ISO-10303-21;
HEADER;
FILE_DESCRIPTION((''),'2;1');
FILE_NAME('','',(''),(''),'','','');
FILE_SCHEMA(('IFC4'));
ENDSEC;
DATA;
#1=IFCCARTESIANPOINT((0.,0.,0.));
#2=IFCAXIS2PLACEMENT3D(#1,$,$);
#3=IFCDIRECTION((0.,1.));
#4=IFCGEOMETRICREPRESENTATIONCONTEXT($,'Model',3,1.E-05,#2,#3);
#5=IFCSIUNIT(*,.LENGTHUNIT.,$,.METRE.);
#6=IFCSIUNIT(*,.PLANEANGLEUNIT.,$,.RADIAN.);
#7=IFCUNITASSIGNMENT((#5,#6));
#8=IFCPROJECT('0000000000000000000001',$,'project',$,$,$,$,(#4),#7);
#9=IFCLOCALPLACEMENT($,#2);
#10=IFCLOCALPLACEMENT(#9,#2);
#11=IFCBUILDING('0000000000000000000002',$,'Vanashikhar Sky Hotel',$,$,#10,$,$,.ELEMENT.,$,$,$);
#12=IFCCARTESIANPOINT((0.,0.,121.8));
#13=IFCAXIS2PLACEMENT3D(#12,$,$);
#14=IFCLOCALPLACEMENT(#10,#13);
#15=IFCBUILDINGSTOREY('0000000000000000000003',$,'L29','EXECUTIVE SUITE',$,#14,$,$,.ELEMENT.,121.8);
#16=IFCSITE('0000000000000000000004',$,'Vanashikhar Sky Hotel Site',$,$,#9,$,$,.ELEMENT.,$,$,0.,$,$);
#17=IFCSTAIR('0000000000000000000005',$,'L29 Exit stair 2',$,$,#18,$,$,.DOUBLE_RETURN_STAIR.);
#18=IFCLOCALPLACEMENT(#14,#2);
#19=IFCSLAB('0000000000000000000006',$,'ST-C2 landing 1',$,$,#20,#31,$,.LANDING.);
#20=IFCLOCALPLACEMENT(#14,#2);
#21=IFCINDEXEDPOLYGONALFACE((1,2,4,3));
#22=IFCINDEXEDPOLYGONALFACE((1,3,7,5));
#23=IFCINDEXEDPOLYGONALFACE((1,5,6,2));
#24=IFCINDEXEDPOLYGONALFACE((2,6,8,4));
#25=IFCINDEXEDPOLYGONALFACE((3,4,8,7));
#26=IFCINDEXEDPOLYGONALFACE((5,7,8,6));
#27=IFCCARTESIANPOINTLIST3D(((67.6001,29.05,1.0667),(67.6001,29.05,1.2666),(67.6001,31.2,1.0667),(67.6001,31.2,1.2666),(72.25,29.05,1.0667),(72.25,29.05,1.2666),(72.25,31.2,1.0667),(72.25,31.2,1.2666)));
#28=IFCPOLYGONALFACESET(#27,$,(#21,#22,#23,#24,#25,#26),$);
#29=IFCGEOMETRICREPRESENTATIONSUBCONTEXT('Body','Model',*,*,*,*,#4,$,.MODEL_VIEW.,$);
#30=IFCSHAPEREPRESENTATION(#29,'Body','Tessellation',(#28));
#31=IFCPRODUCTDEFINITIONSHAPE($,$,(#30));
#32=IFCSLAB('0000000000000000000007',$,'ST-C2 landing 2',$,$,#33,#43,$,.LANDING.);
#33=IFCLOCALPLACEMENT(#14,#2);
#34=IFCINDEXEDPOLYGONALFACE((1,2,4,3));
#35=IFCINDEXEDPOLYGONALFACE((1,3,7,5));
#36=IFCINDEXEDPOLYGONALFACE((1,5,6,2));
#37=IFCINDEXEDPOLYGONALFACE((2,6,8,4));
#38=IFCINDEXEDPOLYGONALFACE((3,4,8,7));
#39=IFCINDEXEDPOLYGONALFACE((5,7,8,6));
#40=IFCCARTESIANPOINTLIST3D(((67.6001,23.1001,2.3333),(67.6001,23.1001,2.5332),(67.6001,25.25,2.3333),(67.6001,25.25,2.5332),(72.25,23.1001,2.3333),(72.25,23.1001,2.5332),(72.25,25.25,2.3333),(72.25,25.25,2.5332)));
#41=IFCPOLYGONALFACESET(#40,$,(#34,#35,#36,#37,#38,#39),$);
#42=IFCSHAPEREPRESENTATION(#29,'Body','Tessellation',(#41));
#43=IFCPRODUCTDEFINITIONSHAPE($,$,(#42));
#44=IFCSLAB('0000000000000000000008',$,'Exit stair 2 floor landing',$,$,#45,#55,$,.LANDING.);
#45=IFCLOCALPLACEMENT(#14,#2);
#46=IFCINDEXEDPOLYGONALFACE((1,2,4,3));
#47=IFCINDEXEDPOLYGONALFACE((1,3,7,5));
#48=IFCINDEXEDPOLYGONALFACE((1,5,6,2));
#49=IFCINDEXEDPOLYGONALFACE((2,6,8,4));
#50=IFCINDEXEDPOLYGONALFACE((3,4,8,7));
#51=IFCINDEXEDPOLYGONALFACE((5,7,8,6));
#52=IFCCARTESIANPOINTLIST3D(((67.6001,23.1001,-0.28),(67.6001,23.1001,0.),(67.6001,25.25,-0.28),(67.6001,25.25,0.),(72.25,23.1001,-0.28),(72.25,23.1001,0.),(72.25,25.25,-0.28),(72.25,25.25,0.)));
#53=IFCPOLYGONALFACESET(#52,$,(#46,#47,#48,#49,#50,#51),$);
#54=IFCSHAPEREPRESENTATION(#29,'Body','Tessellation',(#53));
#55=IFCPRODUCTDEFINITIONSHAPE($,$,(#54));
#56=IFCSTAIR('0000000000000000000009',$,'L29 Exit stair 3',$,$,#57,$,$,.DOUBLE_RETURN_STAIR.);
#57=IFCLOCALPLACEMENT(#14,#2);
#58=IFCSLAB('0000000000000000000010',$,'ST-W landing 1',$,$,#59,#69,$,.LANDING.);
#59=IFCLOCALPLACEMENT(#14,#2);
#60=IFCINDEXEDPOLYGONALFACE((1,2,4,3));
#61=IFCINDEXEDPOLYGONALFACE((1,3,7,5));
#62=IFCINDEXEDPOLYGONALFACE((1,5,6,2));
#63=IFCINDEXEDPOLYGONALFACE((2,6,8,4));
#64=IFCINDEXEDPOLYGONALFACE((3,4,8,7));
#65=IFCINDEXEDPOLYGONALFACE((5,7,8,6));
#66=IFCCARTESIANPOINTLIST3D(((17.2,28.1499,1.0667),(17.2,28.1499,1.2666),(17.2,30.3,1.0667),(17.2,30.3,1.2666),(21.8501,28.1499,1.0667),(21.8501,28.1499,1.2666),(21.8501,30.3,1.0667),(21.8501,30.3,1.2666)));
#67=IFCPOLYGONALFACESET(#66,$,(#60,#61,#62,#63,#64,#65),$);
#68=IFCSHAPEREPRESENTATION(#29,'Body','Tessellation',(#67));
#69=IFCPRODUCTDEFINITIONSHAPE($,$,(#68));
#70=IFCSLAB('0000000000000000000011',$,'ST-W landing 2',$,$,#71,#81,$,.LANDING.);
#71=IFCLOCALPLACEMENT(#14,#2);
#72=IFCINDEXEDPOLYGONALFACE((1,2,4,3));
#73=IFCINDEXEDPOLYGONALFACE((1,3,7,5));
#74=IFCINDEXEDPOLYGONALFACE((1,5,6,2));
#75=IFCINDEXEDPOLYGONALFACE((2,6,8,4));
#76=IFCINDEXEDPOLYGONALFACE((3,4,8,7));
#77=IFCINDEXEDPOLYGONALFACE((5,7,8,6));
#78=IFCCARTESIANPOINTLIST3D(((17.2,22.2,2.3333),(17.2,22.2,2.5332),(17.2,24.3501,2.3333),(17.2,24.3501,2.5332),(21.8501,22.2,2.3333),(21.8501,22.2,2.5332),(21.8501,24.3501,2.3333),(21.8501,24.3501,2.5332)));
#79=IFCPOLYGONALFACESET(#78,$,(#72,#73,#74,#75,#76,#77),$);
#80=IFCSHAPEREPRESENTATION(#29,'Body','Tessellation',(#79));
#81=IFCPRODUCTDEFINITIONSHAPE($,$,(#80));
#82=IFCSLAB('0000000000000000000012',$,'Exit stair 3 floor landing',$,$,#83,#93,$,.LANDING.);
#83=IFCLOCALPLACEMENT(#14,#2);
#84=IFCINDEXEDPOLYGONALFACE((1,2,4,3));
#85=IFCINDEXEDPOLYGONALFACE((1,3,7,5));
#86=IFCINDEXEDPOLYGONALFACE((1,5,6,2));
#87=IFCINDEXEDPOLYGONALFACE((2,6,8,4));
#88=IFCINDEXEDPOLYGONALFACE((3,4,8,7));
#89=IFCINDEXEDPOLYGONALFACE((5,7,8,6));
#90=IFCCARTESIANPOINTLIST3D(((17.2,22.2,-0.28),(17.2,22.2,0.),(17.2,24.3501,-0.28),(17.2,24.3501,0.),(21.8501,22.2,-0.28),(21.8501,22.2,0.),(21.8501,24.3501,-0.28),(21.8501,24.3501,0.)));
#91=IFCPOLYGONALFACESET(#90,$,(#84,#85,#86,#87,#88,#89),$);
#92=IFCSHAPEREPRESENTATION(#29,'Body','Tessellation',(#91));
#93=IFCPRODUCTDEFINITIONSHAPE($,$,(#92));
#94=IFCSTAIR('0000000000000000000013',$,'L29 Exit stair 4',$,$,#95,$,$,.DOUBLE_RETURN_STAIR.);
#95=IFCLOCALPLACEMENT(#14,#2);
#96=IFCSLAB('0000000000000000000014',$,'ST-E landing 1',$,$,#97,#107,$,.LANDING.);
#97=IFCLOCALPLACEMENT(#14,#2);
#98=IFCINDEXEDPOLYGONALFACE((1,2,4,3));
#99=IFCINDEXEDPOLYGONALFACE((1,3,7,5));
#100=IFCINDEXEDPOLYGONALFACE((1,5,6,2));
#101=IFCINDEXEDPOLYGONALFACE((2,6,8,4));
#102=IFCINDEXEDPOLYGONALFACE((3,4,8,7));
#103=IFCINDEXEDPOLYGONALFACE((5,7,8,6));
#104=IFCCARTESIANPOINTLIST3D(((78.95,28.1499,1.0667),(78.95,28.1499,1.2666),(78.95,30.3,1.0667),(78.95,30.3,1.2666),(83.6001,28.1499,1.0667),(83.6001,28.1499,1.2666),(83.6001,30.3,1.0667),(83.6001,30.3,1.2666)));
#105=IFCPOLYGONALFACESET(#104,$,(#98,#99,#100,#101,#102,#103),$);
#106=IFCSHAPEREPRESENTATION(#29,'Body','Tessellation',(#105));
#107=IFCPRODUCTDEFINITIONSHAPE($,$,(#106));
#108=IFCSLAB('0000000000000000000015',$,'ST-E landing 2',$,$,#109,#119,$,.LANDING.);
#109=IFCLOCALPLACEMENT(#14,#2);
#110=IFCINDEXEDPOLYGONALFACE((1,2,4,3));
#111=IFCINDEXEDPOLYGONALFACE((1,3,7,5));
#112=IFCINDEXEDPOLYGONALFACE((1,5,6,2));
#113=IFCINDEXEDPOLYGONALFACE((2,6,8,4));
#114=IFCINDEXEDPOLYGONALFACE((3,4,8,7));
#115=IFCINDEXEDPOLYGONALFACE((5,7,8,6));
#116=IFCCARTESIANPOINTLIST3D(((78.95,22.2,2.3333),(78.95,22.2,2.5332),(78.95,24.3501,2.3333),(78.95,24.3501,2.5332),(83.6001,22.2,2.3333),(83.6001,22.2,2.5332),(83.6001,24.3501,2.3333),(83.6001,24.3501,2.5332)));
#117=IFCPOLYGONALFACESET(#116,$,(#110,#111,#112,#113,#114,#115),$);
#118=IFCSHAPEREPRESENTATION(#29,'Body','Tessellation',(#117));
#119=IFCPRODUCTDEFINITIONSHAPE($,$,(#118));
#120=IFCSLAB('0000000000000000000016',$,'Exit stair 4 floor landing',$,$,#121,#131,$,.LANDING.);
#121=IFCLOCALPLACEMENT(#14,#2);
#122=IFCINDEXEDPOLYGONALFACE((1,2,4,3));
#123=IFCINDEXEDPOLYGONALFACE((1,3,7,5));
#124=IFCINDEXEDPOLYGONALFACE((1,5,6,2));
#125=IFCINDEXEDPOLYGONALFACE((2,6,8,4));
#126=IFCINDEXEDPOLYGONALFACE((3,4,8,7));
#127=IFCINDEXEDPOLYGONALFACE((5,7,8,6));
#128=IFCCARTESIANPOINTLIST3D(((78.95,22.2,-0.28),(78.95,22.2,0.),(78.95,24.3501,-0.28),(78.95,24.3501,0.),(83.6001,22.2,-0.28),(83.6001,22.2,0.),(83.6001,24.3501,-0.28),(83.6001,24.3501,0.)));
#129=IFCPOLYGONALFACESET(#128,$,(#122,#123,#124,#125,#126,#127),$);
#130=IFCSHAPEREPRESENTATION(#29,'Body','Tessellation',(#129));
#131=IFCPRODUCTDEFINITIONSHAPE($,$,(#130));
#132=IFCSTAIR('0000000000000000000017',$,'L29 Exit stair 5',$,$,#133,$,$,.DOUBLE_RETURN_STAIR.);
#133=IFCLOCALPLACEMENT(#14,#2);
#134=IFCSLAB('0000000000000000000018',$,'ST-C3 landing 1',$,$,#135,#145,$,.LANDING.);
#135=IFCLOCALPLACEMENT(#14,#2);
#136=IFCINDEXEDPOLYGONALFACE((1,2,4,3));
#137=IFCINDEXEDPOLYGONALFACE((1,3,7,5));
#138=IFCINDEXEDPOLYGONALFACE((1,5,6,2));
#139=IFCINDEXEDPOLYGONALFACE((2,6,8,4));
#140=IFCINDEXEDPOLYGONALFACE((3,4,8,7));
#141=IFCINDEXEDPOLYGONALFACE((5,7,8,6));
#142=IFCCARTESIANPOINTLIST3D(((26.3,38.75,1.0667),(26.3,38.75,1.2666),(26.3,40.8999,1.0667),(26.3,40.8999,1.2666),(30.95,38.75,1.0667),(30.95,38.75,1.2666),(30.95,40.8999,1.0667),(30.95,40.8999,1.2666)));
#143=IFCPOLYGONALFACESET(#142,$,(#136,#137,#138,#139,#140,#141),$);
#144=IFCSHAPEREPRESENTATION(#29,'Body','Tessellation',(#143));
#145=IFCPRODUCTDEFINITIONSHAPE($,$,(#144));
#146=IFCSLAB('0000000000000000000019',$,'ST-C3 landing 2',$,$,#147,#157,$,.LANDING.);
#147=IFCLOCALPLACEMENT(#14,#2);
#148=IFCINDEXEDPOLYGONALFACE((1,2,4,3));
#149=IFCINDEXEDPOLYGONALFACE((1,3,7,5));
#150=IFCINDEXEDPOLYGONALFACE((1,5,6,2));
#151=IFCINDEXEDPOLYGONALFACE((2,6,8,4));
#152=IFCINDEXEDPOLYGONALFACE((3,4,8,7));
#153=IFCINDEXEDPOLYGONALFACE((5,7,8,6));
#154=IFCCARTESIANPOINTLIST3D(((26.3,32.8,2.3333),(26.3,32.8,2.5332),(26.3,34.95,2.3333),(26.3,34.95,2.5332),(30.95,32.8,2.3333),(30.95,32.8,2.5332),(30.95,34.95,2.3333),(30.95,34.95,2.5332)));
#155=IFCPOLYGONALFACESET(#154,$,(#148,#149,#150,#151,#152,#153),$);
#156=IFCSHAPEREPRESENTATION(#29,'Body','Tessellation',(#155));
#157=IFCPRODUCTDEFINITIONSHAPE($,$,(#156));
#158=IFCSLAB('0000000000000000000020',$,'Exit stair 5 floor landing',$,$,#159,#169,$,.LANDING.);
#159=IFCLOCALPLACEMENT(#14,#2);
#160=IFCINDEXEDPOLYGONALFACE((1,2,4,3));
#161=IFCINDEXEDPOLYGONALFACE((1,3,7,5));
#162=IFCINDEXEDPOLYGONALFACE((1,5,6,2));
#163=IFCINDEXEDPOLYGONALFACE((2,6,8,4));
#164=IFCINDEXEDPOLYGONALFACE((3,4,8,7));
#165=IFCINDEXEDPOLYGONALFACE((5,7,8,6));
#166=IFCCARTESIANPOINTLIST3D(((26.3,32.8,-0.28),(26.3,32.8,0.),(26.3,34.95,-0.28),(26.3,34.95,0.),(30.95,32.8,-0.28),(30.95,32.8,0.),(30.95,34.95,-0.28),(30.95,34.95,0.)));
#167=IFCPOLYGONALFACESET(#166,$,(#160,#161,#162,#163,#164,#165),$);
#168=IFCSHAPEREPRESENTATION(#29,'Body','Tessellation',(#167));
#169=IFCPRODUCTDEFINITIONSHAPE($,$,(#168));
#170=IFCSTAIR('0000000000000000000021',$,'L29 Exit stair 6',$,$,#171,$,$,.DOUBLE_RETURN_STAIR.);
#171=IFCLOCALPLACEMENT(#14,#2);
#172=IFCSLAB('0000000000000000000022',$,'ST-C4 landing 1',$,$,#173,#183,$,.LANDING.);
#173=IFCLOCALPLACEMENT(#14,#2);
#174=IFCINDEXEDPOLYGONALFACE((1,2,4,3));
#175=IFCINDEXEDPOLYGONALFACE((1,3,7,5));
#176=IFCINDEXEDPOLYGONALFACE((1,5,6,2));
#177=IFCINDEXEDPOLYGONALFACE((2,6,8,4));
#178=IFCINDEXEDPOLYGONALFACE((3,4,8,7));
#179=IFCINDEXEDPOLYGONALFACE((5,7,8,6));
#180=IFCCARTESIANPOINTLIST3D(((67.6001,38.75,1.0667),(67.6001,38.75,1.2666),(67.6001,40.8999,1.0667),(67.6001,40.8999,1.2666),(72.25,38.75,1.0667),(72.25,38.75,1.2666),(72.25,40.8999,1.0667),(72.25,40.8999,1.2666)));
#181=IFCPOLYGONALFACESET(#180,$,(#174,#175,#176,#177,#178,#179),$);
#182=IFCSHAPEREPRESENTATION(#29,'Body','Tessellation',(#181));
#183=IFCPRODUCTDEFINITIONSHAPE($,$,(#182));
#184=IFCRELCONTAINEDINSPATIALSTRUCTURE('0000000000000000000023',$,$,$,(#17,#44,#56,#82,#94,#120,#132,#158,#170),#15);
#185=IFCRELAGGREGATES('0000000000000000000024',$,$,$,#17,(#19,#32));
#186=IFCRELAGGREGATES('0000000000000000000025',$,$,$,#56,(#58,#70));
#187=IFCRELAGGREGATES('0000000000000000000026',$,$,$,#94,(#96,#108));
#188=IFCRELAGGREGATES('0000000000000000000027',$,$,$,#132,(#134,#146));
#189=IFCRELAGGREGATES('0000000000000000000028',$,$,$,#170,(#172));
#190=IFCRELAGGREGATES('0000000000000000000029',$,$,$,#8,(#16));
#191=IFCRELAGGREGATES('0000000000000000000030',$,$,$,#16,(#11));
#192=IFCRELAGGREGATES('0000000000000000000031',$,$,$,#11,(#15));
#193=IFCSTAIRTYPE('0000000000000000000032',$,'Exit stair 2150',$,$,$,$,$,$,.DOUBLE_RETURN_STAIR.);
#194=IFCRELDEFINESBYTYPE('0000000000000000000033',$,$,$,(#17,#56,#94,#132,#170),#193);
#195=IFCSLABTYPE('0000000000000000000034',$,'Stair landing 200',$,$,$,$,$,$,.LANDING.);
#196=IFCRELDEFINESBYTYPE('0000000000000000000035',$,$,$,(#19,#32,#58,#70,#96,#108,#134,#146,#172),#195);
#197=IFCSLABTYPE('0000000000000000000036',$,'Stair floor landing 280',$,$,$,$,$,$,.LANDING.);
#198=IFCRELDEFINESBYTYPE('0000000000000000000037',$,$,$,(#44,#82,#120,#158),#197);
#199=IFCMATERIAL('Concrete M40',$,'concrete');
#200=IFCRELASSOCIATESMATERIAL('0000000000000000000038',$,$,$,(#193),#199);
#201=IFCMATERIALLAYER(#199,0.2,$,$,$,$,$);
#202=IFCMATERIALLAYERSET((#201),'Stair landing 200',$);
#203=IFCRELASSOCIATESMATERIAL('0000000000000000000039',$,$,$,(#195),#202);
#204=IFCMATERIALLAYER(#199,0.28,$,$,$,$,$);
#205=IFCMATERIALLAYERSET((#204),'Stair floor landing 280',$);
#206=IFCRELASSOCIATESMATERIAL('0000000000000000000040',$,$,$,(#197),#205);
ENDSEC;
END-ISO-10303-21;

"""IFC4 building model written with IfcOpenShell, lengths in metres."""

from ifc_helpers import new_model, si_unit, direction, frame, origin, place, context, subcontext, project, spatial, polyline, outline, extrude, source, transform, mapped, material, layer, layer_set, type_object, element, aggregate, save


model = new_model("IFC4")

# Units and contexts
model_context = context("Model", 3, precision=1e-05, world=origin(), true_north=direction((0.0, 1.0)))
body_context = subcontext(model_context, "Body", "Model", "MODEL_VIEW")
ifc_project = project(units=[si_unit("LENGTHUNIT", "METRE"), si_unit("PLANEANGLEUNIT", "RADIAN")], contexts=[model_context])

# Site, building, storey
site_placement = place(None, origin())
site = spatial("IfcSite", under=ifc_project, at=site_placement, Name="Vanashikhar Sky Hotel Site", CompositionType="ELEMENT", RefElevation=0.0)
building_placement = place(site_placement, origin())
building = spatial("IfcBuilding", under=site, at=building_placement, Name="Vanashikhar Sky Hotel", CompositionType="ELEMENT")
storey_placement = place(building_placement, frame((0.0, 0.0, 121.8)))
storey = spatial("IfcBuildingStorey", under=building, at=storey_placement, Name="L29", Description="EXECUTIVE SUITE", CompositionType="ELEMENT", Elevation=121.8)

# Shared definitions
ifc_material_1 = material(Name="Concrete M40", Category="concrete")

# Shared definitions
stair_type = type_object("IfcStairType", Name="Exit stair 2150", PredefinedType="DOUBLE_RETURN_STAIR", material=ifc_material_1)
ifc_layer_1 = layer(ifc_material_1, 0.2)
ifc_layer_set_1 = layer_set([ifc_layer_1], Name="Stair landing 200")
slab_type_1 = type_object("IfcSlabType", Name="Stair landing 200", PredefinedType="LANDING", material=ifc_layer_set_1)

# Shared definitions
ifc_layer_2 = layer(ifc_material_1, 0.28)
ifc_layer_set_2 = layer_set([ifc_layer_2], Name="Stair floor landing 280")
slab_type_2 = type_object("IfcSlabType", Name="Stair floor landing 280", PredefinedType="LANDING", material=ifc_layer_set_2)

# Stair, slabs
stair_1_placement = place(storey_placement, origin())
stair_1 = element("IfcStair", 1, at=stair_1_placement, inside=storey, type_object=stair_type, Name="L29 Exit stair 2", PredefinedType="DOUBLE_RETURN_STAIR")
shared_shape_1 = source(origin(), body_context, "Body", "SweptSolid", [
    extrude(outline(polyline([(72.25, 29.05), (72.25, 31.2), (67.6001, 31.2), (67.6001, 29.05), (72.25, 29.05)])), origin(), (0.0, 0.0, 1.0), 0.2),
])
slab_1_placement = place(storey_placement, frame((0.0, 0.0, 1.0667)))
slab_1 = element("IfcSlab", 2, at=slab_1_placement, type_object=slab_type_1, Name="ST-C2 landing 1", PredefinedType="LANDING", context=body_context, shape_type="MappedRepresentation", body=[
    mapped(shared_shape_1, transform((0.0, 0.0, 0.0), scale=1.0)),
])
shared_shape_2 = source(origin(), body_context, "Body", "SweptSolid", [
    extrude(outline(polyline([(72.25, 23.1001), (72.25, 25.25), (67.6001, 25.25), (67.6001, 23.1001), (72.25, 23.1001)])), origin(), (0.0, 0.0, 1.0), 0.2),
])
slab_2_placement = place(storey_placement, frame((0.0, 0.0, 2.3333)))
slab_2 = element("IfcSlab", 3, at=slab_2_placement, type_object=slab_type_1, Name="ST-C2 landing 2", PredefinedType="LANDING", context=body_context, shape_type="MappedRepresentation", body=[
    mapped(shared_shape_2, transform((0.0, 0.0, 0.0), scale=1.0)),
])
aggregate(stair_1, [slab_1, slab_2])

# Slab
shared_shape_3 = source(origin(), body_context, "Body", "SweptSolid", [
    extrude(outline(polyline([(72.25, 23.1001), (72.25, 25.25), (67.6001, 25.25), (67.6001, 23.1001), (72.25, 23.1001)])), origin(), (0.0, 0.0, 1.0), 0.28),
])
slab_3_placement = place(storey_placement, frame((0.0, 0.0, -0.28)))
element("IfcSlab", 4, at=slab_3_placement, inside=storey, type_object=slab_type_2, Name="Exit stair 2 floor landing", PredefinedType="LANDING", context=body_context, shape_type="MappedRepresentation", body=[
    mapped(shared_shape_3, transform((0.0, 0.0, 0.0), scale=1.0)),
])

# Stair, slabs
stair_2_placement = place(storey_placement, origin())
stair_2 = element("IfcStair", 5, at=stair_2_placement, inside=storey, type_object=stair_type, Name="L29 Exit stair 3", PredefinedType="DOUBLE_RETURN_STAIR")
shared_shape_4 = source(origin(), body_context, "Body", "SweptSolid", [
    extrude(outline(polyline([(21.8501, 28.1499), (21.8501, 30.3), (17.2, 30.3), (17.2, 28.1499), (21.8501, 28.1499)])), origin(), (0.0, 0.0, 1.0), 0.2),
])
slab_4_placement = place(storey_placement, frame((0.0, 0.0, 1.0667)))
slab_4 = element("IfcSlab", 6, at=slab_4_placement, type_object=slab_type_1, Name="ST-W landing 1", PredefinedType="LANDING", context=body_context, shape_type="MappedRepresentation", body=[
    mapped(shared_shape_4, transform((0.0, 0.0, 0.0), scale=1.0)),
])
shared_shape_5 = source(origin(), body_context, "Body", "SweptSolid", [
    extrude(outline(polyline([(21.8501, 22.2), (21.8501, 24.3501), (17.2, 24.3501), (17.2, 22.2), (21.8501, 22.2)])), origin(), (0.0, 0.0, 1.0), 0.2),
])
slab_5_placement = place(storey_placement, frame((0.0, 0.0, 2.3333)))
slab_5 = element("IfcSlab", 7, at=slab_5_placement, type_object=slab_type_1, Name="ST-W landing 2", PredefinedType="LANDING", context=body_context, shape_type="MappedRepresentation", body=[
    mapped(shared_shape_5, transform((0.0, 0.0, 0.0), scale=1.0)),
])
aggregate(stair_2, [slab_4, slab_5])

# Slab
shared_shape_6 = source(origin(), body_context, "Body", "SweptSolid", [
    extrude(outline(polyline([(21.8501, 22.2), (21.8501, 24.3501), (17.2, 24.3501), (17.2, 22.2), (21.8501, 22.2)])), origin(), (0.0, 0.0, 1.0), 0.28),
])
slab_6_placement = place(storey_placement, frame((0.0, 0.0, -0.28)))
element("IfcSlab", 8, at=slab_6_placement, inside=storey, type_object=slab_type_2, Name="Exit stair 3 floor landing", PredefinedType="LANDING", context=body_context, shape_type="MappedRepresentation", body=[
    mapped(shared_shape_6, transform((0.0, 0.0, 0.0), scale=1.0)),
])

# Stair, slabs
stair_3_placement = place(storey_placement, origin())
stair_3 = element("IfcStair", 9, at=stair_3_placement, inside=storey, type_object=stair_type, Name="L29 Exit stair 4", PredefinedType="DOUBLE_RETURN_STAIR")
shared_shape_7 = source(origin(), body_context, "Body", "SweptSolid", [
    extrude(outline(polyline([(83.6001, 28.1499), (83.6001, 30.3), (78.95, 30.3), (78.95, 28.1499), (83.6001, 28.1499)])), origin(), (0.0, 0.0, 1.0), 0.2),
])
slab_7_placement = place(storey_placement, frame((0.0, 0.0, 1.0667)))
slab_7 = element("IfcSlab", 10, at=slab_7_placement, type_object=slab_type_1, Name="ST-E landing 1", PredefinedType="LANDING", context=body_context, shape_type="MappedRepresentation", body=[
    mapped(shared_shape_7, transform((0.0, 0.0, 0.0), scale=1.0)),
])
shared_shape_8 = source(origin(), body_context, "Body", "SweptSolid", [
    extrude(outline(polyline([(83.6001, 22.2), (83.6001, 24.3501), (78.95, 24.3501), (78.95, 22.2), (83.6001, 22.2)])), origin(), (0.0, 0.0, 1.0), 0.2),
])
slab_8_placement = place(storey_placement, frame((0.0, 0.0, 2.3333)))
slab_8 = element("IfcSlab", 11, at=slab_8_placement, type_object=slab_type_1, Name="ST-E landing 2", PredefinedType="LANDING", context=body_context, shape_type="MappedRepresentation", body=[
    mapped(shared_shape_8, transform((0.0, 0.0, 0.0), scale=1.0)),
])
aggregate(stair_3, [slab_7, slab_8])

# Slab
shared_shape_9 = source(origin(), body_context, "Body", "SweptSolid", [
    extrude(outline(polyline([(83.6001, 22.2), (83.6001, 24.3501), (78.95, 24.3501), (78.95, 22.2), (83.6001, 22.2)])), origin(), (0.0, 0.0, 1.0), 0.28),
])
slab_9_placement = place(storey_placement, frame((0.0, 0.0, -0.28)))
element("IfcSlab", 12, at=slab_9_placement, inside=storey, type_object=slab_type_2, Name="Exit stair 4 floor landing", PredefinedType="LANDING", context=body_context, shape_type="MappedRepresentation", body=[
    mapped(shared_shape_9, transform((0.0, 0.0, 0.0), scale=1.0)),
])

# Stair, slabs
stair_4_placement = place(storey_placement, origin())
stair_4 = element("IfcStair", 13, at=stair_4_placement, inside=storey, type_object=stair_type, Name="L29 Exit stair 5", PredefinedType="DOUBLE_RETURN_STAIR")
shared_shape_10 = source(origin(), body_context, "Body", "SweptSolid", [
    extrude(outline(polyline([(30.95, 38.75), (30.95, 40.8999), (26.3, 40.8999), (26.3, 38.75), (30.95, 38.75)])), origin(), (0.0, 0.0, 1.0), 0.2),
])
slab_10_placement = place(storey_placement, frame((0.0, 0.0, 1.0667)))
slab_10 = element("IfcSlab", 14, at=slab_10_placement, type_object=slab_type_1, Name="ST-C3 landing 1", PredefinedType="LANDING", context=body_context, shape_type="MappedRepresentation", body=[
    mapped(shared_shape_10, transform((0.0, 0.0, 0.0), scale=1.0)),
])
shared_shape_11 = source(origin(), body_context, "Body", "SweptSolid", [
    extrude(outline(polyline([(30.95, 32.8), (30.95, 34.95), (26.3, 34.95), (26.3, 32.8), (30.95, 32.8)])), origin(), (0.0, 0.0, 1.0), 0.2),
])
slab_11_placement = place(storey_placement, frame((0.0, 0.0, 2.3333)))
slab_11 = element("IfcSlab", 15, at=slab_11_placement, type_object=slab_type_1, Name="ST-C3 landing 2", PredefinedType="LANDING", context=body_context, shape_type="MappedRepresentation", body=[
    mapped(shared_shape_11, transform((0.0, 0.0, 0.0), scale=1.0)),
])
aggregate(stair_4, [slab_10, slab_11])

# Slab
shared_shape_12 = source(origin(), body_context, "Body", "SweptSolid", [
    extrude(outline(polyline([(30.95, 32.8), (30.95, 34.95), (26.3, 34.95), (26.3, 32.8), (30.95, 32.8)])), origin(), (0.0, 0.0, 1.0), 0.28),
])
slab_12_placement = place(storey_placement, frame((0.0, 0.0, -0.28)))
element("IfcSlab", 16, at=slab_12_placement, inside=storey, type_object=slab_type_2, Name="Exit stair 5 floor landing", PredefinedType="LANDING", context=body_context, shape_type="MappedRepresentation", body=[
    mapped(shared_shape_12, transform((0.0, 0.0, 0.0), scale=1.0)),
])

# Stair, slab
stair_5_placement = place(storey_placement, origin())
stair_5 = element("IfcStair", 17, at=stair_5_placement, inside=storey, type_object=stair_type, Name="L29 Exit stair 6", PredefinedType="DOUBLE_RETURN_STAIR")
shared_shape_13 = source(origin(), body_context, "Body", "SweptSolid", [
    extrude(outline(polyline([(72.25, 38.75), (72.25, 40.8999), (67.6001, 40.8999), (67.6001, 38.75), (72.25, 38.75)])), origin(), (0.0, 0.0, 1.0), 0.2),
])
slab_13_placement = place(storey_placement, frame((0.0, 0.0, 1.0667)))
slab_13 = element("IfcSlab", 18, at=slab_13_placement, type_object=slab_type_1, Name="ST-C4 landing 1", PredefinedType="LANDING", context=body_context, shape_type="MappedRepresentation", body=[
    mapped(shared_shape_13, transform((0.0, 0.0, 0.0), scale=1.0)),
])
aggregate(stair_5, [slab_13])

save(model, "model.ifc")
